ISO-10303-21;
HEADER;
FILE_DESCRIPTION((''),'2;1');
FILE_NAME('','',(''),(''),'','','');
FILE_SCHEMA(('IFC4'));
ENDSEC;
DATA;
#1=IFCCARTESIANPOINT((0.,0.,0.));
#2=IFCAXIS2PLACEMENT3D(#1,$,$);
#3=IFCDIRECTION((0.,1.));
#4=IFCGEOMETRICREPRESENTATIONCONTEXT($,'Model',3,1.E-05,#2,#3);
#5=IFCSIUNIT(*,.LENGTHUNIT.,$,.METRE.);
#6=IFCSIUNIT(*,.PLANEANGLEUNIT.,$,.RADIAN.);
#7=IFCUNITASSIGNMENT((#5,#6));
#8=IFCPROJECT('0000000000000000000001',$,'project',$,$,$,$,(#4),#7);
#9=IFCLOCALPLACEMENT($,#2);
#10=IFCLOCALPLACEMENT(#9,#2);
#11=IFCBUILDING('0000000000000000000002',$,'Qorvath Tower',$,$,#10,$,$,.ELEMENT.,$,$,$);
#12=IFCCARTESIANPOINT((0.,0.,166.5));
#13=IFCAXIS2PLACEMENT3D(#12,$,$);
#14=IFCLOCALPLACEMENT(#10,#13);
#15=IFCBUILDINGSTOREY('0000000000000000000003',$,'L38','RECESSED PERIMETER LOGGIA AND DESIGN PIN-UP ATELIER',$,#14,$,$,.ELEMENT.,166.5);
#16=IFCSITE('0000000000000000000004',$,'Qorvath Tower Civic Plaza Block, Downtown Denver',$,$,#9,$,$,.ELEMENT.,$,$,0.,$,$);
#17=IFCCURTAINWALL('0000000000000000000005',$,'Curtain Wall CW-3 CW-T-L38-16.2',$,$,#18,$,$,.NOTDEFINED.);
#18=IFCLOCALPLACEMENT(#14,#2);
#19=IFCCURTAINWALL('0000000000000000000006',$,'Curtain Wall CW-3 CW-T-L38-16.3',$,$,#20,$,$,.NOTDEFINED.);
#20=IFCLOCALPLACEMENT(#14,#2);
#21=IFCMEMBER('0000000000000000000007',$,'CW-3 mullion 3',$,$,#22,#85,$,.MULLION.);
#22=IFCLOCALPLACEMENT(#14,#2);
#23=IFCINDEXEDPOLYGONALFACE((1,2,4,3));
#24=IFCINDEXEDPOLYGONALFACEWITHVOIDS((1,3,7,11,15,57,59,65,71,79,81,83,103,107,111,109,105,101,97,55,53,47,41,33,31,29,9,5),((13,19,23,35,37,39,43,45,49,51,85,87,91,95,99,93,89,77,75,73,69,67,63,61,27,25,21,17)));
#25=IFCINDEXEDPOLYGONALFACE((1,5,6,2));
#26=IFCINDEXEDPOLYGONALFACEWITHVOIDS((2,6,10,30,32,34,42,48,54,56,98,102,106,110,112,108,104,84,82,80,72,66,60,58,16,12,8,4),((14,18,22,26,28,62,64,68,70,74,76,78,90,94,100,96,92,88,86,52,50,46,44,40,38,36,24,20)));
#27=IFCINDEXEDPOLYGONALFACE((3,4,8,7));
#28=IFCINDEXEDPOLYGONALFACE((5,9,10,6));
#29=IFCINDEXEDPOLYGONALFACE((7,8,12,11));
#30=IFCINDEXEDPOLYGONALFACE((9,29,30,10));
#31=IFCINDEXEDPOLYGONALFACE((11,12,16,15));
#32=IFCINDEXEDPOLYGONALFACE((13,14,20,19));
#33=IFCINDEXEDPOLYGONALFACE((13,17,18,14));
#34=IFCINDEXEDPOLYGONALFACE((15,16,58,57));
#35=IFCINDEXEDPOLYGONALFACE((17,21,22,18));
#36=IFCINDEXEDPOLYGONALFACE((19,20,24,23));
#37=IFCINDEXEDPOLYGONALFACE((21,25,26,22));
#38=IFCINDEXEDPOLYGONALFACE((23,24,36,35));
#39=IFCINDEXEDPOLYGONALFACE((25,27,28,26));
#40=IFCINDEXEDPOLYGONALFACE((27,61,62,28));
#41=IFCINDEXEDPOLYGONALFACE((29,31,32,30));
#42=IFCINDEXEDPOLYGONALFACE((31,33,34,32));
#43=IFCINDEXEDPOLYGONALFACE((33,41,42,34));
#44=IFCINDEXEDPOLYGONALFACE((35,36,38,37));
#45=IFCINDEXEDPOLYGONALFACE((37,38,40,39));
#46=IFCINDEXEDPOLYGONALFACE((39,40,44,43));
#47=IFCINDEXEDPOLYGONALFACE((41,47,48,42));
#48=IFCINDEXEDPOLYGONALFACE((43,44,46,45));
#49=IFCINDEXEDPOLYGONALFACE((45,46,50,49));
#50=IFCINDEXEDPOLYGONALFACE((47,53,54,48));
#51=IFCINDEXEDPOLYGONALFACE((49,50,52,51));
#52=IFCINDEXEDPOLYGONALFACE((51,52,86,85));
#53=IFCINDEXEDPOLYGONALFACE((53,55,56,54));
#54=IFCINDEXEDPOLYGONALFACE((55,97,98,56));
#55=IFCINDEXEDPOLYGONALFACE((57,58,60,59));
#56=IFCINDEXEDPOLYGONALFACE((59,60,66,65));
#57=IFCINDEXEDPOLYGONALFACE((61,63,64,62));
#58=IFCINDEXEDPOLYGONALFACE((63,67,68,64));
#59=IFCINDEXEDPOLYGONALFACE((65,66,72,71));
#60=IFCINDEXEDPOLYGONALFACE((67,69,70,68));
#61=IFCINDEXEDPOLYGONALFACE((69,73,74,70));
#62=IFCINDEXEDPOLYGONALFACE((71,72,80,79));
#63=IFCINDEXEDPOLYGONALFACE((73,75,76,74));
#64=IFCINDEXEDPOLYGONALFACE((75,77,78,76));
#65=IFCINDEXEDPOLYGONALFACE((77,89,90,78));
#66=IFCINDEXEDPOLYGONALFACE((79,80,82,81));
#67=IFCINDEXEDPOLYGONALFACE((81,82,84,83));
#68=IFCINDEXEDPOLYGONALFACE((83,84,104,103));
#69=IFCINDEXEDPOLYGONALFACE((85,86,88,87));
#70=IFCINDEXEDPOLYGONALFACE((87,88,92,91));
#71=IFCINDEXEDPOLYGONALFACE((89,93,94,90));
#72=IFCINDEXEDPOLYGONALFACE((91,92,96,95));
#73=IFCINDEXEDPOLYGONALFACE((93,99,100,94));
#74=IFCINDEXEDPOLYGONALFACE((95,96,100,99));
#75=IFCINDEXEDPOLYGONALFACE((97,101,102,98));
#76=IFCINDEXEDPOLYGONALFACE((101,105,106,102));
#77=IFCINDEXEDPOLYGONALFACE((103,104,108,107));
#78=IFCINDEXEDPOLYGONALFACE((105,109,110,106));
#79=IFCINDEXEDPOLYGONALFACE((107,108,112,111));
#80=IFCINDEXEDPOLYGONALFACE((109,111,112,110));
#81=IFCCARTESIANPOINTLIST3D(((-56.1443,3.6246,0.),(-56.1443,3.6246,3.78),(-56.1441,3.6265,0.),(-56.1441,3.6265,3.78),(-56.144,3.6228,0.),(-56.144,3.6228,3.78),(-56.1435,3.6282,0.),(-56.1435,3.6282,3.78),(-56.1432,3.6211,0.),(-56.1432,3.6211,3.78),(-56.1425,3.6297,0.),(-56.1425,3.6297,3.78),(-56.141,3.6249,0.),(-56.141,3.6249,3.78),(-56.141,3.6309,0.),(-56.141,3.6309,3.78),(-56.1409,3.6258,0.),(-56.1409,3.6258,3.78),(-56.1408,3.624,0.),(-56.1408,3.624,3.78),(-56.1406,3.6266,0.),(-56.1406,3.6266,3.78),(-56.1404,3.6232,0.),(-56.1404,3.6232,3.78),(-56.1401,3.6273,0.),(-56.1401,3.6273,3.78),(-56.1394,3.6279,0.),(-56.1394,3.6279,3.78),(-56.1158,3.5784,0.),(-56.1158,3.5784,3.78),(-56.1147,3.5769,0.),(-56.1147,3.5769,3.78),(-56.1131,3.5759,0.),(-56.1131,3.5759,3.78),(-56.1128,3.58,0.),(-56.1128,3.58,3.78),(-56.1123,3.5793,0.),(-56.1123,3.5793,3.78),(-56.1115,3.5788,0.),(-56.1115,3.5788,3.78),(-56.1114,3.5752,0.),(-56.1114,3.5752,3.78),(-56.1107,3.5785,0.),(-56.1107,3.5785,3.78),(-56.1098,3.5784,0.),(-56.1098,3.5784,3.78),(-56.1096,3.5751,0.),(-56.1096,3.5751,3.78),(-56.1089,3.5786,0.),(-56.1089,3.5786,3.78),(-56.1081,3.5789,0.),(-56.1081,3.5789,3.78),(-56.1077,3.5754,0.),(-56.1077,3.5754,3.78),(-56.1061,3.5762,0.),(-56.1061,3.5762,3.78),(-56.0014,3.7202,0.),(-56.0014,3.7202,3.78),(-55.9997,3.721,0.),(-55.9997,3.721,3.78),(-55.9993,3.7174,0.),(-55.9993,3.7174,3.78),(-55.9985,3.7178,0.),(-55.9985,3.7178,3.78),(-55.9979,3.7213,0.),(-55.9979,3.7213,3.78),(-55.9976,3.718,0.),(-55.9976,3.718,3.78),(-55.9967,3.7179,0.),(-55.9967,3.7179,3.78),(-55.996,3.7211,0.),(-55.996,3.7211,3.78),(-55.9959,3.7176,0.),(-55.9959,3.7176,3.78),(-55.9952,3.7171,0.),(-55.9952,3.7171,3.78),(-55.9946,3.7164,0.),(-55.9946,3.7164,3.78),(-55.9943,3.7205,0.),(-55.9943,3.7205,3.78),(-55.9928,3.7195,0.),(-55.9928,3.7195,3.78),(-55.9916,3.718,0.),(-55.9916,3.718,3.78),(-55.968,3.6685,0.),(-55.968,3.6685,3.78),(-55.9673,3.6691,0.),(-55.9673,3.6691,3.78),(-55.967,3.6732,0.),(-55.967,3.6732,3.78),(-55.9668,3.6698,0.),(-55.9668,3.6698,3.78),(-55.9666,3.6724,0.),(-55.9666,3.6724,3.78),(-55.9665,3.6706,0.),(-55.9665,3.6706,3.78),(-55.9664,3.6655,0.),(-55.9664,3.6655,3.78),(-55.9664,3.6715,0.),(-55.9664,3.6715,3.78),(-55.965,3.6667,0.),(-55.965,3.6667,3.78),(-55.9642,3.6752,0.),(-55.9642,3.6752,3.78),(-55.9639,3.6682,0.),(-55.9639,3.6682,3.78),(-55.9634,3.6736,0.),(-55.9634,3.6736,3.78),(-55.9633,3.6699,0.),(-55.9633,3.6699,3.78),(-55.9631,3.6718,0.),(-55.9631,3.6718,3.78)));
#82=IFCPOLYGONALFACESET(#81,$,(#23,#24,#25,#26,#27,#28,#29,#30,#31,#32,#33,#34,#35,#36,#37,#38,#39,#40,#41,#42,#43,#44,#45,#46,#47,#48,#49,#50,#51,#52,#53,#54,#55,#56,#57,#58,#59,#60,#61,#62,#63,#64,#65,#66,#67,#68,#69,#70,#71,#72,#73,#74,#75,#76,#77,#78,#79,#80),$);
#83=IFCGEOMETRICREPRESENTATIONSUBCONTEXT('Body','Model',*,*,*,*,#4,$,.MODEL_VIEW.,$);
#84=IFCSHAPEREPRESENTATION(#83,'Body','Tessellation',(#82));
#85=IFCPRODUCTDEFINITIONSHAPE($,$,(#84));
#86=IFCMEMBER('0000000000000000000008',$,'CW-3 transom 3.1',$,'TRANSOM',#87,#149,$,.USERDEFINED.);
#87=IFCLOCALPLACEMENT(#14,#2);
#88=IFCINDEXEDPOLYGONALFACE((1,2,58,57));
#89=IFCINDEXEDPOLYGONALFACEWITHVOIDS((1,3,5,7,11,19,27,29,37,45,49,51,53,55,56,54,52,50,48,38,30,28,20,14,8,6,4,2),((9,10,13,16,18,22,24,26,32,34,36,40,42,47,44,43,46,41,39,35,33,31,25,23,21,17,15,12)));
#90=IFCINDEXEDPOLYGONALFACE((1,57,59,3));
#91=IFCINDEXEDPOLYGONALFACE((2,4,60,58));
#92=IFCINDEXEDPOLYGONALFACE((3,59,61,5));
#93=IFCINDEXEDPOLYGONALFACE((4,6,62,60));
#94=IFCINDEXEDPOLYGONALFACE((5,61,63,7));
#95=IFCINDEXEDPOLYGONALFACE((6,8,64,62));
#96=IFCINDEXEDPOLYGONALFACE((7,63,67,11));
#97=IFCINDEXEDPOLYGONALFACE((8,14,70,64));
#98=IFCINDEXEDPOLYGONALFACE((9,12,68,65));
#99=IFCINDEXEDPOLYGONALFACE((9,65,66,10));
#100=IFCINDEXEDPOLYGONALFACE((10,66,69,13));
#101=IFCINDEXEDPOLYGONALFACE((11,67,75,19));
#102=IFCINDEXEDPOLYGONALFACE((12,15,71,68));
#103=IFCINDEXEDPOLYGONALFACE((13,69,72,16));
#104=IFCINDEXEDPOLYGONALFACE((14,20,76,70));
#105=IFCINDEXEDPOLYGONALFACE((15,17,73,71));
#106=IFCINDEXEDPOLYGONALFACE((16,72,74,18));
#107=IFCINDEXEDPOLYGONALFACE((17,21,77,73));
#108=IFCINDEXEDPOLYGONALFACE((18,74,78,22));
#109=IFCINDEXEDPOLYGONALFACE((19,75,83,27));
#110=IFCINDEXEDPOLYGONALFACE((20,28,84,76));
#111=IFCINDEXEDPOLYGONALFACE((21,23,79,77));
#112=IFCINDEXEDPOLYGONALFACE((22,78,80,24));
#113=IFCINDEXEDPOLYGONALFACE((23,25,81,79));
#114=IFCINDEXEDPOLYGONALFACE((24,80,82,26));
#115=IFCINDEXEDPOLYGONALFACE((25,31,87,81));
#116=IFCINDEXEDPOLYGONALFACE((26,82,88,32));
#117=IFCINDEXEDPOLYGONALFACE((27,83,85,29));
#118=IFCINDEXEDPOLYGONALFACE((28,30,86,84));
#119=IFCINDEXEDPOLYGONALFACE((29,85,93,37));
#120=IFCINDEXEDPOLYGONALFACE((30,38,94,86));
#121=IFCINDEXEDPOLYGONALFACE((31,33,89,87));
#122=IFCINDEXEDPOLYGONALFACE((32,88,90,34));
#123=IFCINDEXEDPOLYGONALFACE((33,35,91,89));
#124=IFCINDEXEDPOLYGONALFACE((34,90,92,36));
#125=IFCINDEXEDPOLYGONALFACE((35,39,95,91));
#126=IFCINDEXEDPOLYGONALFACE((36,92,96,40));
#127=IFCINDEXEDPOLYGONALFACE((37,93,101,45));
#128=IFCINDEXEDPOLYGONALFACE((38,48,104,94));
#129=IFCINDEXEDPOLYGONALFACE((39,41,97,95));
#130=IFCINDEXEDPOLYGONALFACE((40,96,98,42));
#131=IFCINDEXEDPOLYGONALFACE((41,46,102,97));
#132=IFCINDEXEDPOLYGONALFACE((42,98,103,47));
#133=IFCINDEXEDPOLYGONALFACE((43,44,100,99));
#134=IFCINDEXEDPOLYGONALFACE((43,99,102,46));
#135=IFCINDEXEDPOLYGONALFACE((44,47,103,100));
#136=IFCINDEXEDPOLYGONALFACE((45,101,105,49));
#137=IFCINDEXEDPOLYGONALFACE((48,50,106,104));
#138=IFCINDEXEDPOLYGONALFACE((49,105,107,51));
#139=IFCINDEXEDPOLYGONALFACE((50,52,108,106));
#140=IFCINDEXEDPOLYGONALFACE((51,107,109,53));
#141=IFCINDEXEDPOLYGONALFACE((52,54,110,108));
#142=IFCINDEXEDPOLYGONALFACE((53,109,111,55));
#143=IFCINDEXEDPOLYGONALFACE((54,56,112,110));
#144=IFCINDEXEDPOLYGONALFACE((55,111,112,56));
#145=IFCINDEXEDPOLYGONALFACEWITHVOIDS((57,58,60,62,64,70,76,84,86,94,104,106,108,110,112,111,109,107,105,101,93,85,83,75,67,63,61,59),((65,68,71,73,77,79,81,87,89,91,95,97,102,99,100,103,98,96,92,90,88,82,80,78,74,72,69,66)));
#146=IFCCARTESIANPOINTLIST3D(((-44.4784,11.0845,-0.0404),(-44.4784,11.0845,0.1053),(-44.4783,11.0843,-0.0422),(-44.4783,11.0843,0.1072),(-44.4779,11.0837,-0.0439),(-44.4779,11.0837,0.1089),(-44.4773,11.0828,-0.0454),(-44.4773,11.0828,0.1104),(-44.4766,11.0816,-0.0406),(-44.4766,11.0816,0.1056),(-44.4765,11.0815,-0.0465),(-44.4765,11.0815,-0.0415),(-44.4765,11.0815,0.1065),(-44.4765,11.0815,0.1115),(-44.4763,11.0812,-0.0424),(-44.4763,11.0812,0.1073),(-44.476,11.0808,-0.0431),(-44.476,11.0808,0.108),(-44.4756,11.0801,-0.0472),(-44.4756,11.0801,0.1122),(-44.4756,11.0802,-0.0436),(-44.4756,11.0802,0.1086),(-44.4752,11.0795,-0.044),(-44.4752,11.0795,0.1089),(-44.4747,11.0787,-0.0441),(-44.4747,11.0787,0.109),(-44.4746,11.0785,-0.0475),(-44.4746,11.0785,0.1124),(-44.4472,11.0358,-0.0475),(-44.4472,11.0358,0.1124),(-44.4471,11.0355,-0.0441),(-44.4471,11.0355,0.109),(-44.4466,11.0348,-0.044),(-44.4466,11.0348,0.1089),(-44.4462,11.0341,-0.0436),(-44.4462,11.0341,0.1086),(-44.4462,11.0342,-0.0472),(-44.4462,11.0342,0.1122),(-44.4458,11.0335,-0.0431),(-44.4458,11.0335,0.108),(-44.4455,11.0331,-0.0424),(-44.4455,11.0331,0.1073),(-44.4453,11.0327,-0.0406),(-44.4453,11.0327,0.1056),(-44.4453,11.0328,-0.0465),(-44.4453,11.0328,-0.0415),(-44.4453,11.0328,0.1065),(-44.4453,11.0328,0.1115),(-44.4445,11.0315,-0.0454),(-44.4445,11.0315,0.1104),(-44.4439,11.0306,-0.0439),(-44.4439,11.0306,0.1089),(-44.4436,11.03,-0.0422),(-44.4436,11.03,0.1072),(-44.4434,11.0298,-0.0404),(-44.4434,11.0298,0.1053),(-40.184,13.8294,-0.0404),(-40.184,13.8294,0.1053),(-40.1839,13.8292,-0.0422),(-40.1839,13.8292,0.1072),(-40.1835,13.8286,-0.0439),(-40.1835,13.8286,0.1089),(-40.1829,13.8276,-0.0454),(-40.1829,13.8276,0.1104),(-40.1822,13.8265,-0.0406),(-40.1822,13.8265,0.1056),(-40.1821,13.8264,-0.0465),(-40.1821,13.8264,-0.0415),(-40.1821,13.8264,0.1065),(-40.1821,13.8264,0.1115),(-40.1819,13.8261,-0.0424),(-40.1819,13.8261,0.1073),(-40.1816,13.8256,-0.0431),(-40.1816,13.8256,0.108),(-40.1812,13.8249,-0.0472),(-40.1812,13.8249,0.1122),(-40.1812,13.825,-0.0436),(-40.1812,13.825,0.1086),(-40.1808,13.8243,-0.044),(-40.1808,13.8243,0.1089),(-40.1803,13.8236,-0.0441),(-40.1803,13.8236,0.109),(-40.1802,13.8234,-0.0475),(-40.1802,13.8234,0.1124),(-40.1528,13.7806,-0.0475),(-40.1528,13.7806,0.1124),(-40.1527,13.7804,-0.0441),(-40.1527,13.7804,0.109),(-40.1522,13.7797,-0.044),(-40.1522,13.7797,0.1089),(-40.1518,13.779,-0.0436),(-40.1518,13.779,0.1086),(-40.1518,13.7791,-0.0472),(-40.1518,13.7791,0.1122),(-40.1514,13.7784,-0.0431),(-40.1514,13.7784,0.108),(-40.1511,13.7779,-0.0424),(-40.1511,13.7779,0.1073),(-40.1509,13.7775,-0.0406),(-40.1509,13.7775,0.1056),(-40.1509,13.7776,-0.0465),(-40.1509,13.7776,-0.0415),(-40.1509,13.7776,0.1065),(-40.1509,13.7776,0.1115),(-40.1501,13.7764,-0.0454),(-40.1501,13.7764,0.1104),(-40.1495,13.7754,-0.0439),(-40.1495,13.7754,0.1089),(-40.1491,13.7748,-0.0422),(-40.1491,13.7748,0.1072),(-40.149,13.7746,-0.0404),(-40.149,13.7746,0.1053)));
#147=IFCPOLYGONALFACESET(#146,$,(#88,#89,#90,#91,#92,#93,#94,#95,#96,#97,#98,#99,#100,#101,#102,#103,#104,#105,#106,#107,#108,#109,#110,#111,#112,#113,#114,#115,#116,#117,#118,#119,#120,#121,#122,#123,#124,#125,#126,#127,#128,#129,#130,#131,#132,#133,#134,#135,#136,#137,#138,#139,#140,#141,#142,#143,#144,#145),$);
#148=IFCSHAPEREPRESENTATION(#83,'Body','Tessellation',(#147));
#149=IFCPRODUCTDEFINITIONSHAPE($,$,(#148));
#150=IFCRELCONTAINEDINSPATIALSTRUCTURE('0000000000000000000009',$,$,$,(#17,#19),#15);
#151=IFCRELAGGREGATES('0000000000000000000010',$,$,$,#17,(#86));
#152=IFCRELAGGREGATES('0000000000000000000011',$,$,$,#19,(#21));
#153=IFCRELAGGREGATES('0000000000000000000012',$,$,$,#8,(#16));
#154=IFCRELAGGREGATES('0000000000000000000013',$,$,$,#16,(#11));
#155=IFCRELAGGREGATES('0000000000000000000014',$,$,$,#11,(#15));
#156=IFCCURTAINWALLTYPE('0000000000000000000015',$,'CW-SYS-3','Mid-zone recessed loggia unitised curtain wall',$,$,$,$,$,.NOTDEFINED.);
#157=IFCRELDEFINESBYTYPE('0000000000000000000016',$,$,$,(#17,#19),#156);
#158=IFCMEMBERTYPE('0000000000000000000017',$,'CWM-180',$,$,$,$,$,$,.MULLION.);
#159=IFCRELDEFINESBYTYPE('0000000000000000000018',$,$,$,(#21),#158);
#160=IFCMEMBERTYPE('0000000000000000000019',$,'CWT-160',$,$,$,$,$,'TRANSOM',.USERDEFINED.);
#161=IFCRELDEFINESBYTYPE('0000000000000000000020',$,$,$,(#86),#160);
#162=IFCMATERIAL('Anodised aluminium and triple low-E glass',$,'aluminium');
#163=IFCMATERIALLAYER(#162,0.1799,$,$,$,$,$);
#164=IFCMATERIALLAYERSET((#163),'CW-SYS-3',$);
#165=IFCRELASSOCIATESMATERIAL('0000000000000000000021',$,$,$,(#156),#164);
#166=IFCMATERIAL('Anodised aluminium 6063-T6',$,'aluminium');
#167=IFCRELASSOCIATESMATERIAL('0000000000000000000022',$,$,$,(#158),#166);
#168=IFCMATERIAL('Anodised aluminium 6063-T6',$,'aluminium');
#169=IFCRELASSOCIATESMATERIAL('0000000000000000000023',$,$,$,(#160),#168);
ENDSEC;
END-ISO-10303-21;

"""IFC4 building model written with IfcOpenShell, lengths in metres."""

from ifc_helpers import new_model, si_unit, direction, frame, origin, origin_2d, place, context, subcontext, project, spatial, hollow_rectangle, extrude, material, layer, layer_set, material_profile, profile_set, type_object, element, aggregate, save


model = new_model("IFC4")

# Units and contexts
model_context = context("Model", 3, precision=1e-05, world=origin(), true_north=direction((0.0, 1.0)))
body_context = subcontext(model_context, "Body", "Model", "MODEL_VIEW")
ifc_project = project(units=[si_unit("LENGTHUNIT", "METRE"), si_unit("PLANEANGLEUNIT", "RADIAN")], contexts=[model_context])

# Site, building, storey
site_placement = place(None, origin())
site = spatial("IfcSite", under=ifc_project, at=site_placement, Name="Qorvath Tower Civic Plaza Block, Downtown Denver", CompositionType="ELEMENT", RefElevation=0.0)
building_placement = place(site_placement, origin())
building = spatial("IfcBuilding", under=site, at=building_placement, Name="Qorvath Tower", CompositionType="ELEMENT")
storey_placement = place(building_placement, frame((0.0, 0.0, 166.5)))
storey = spatial("IfcBuildingStorey", under=building, at=storey_placement, Name="L38", Description="RECESSED PERIMETER LOGGIA AND DESIGN PIN-UP ATELIER", CompositionType="ELEMENT", Elevation=166.5)

# Curtain walls, member
ifc_material_1 = material(Name="Anodised aluminium and triple low-E glass", Category="aluminium")
ifc_layer_1 = layer(ifc_material_1, 0.1799)
ifc_layer_set_1 = layer_set([ifc_layer_1], Name="CW-SYS-3")
curtain_wall_type = type_object("IfcCurtainWallType", Name="CW-SYS-3", Description="Mid-zone recessed loggia unitised curtain wall", PredefinedType="NOTDEFINED", material=ifc_layer_set_1)
curtain_wall_1_placement = place(storey_placement, origin())
curtain_wall_1 = element("IfcCurtainWall", 1, at=curtain_wall_1_placement, inside=storey, type_object=curtain_wall_type, Name="Curtain Wall CW-3 CW-T-L38-16.2", PredefinedType="NOTDEFINED")
ifc_material_2 = material(Name="Anodised aluminium 6063-T6", Category="aluminium")
ifc_material_profile_1 = material_profile(ifc_material_2, hollow_rectangle(XDim=0.0649, YDim=0.1799, WallThickness=0.0034, InnerFilletRadius=0.0034, OuterFilletRadius=0.0071, at=origin_2d()), Name="CWM 180x65")
ifc_profile_set_1 = profile_set([ifc_material_profile_1], Name="Anodised aluminium 6063-T6")
member_type_1 = type_object("IfcMemberType", Name="CWM-180", PredefinedType="MULLION", material=ifc_profile_set_1)
curtain_wall_2_placement = place(storey_placement, origin())
curtain_wall_2 = element("IfcCurtainWall", 2, at=curtain_wall_2_placement, inside=storey, type_object=curtain_wall_type, Name="Curtain Wall CW-3 CW-T-L38-16.3", PredefinedType="NOTDEFINED")
member_1_placement = place(storey_placement, frame((-56.0537, 3.6482, 0.0), z_axis=(0.0, 0.0, 1.0), x_axis=(0.538523, -0.842611, 0.0)))
member_1 = element("IfcMember", 3, at=member_1_placement, type_object=member_type_1, Name="CW-3 mullion 3", PredefinedType="MULLION", context=body_context, shape_type="SweptSolid", body=[
    extrude(hollow_rectangle(XDim=0.0649, YDim=0.1799, WallThickness=0.0034, InnerFilletRadius=0.0034, OuterFilletRadius=0.0071, at=origin_2d()), origin(), (0.0, 0.0, 1.0), 3.78),
])

# Member
ifc_material_3 = material(Name="Anodised aluminium 6063-T6", Category="aluminium")
ifc_material_profile_2 = material_profile(ifc_material_3, hollow_rectangle(XDim=0.0649, YDim=0.1599, WallThickness=0.0034, InnerFilletRadius=0.0034, OuterFilletRadius=0.0071, at=origin_2d()), Name="CWT 160x65")
ifc_profile_set_2 = profile_set([ifc_material_profile_2], Name="Anodised aluminium 6063-T6")
member_type_2 = type_object("IfcMemberType", Name="CWT-160", ElementType="TRANSOM", PredefinedType="USERDEFINED", material=ifc_profile_set_2)
member_2_placement = place(storey_placement, frame((-40.1665, 13.802, 0.0325), z_axis=(-0.842589, -0.538557, 0.0), x_axis=(0.538557, -0.842589, 0.0)))
member_2 = element("IfcMember", 4, at=member_2_placement, type_object=member_type_2, Name="CW-3 transom 3.1", ObjectType="TRANSOM", PredefinedType="USERDEFINED", context=body_context, shape_type="SweptSolid", body=[
    extrude(hollow_rectangle(XDim=0.0649, YDim=0.1599, WallThickness=0.0034, InnerFilletRadius=0.0034, OuterFilletRadius=0.0071, at=origin_2d()), origin(), (0.0, 0.0, 1.0), 5.0967),
])

aggregate(curtain_wall_1, [member_2])
aggregate(curtain_wall_2, [member_1])

save(model, "model.ifc")
